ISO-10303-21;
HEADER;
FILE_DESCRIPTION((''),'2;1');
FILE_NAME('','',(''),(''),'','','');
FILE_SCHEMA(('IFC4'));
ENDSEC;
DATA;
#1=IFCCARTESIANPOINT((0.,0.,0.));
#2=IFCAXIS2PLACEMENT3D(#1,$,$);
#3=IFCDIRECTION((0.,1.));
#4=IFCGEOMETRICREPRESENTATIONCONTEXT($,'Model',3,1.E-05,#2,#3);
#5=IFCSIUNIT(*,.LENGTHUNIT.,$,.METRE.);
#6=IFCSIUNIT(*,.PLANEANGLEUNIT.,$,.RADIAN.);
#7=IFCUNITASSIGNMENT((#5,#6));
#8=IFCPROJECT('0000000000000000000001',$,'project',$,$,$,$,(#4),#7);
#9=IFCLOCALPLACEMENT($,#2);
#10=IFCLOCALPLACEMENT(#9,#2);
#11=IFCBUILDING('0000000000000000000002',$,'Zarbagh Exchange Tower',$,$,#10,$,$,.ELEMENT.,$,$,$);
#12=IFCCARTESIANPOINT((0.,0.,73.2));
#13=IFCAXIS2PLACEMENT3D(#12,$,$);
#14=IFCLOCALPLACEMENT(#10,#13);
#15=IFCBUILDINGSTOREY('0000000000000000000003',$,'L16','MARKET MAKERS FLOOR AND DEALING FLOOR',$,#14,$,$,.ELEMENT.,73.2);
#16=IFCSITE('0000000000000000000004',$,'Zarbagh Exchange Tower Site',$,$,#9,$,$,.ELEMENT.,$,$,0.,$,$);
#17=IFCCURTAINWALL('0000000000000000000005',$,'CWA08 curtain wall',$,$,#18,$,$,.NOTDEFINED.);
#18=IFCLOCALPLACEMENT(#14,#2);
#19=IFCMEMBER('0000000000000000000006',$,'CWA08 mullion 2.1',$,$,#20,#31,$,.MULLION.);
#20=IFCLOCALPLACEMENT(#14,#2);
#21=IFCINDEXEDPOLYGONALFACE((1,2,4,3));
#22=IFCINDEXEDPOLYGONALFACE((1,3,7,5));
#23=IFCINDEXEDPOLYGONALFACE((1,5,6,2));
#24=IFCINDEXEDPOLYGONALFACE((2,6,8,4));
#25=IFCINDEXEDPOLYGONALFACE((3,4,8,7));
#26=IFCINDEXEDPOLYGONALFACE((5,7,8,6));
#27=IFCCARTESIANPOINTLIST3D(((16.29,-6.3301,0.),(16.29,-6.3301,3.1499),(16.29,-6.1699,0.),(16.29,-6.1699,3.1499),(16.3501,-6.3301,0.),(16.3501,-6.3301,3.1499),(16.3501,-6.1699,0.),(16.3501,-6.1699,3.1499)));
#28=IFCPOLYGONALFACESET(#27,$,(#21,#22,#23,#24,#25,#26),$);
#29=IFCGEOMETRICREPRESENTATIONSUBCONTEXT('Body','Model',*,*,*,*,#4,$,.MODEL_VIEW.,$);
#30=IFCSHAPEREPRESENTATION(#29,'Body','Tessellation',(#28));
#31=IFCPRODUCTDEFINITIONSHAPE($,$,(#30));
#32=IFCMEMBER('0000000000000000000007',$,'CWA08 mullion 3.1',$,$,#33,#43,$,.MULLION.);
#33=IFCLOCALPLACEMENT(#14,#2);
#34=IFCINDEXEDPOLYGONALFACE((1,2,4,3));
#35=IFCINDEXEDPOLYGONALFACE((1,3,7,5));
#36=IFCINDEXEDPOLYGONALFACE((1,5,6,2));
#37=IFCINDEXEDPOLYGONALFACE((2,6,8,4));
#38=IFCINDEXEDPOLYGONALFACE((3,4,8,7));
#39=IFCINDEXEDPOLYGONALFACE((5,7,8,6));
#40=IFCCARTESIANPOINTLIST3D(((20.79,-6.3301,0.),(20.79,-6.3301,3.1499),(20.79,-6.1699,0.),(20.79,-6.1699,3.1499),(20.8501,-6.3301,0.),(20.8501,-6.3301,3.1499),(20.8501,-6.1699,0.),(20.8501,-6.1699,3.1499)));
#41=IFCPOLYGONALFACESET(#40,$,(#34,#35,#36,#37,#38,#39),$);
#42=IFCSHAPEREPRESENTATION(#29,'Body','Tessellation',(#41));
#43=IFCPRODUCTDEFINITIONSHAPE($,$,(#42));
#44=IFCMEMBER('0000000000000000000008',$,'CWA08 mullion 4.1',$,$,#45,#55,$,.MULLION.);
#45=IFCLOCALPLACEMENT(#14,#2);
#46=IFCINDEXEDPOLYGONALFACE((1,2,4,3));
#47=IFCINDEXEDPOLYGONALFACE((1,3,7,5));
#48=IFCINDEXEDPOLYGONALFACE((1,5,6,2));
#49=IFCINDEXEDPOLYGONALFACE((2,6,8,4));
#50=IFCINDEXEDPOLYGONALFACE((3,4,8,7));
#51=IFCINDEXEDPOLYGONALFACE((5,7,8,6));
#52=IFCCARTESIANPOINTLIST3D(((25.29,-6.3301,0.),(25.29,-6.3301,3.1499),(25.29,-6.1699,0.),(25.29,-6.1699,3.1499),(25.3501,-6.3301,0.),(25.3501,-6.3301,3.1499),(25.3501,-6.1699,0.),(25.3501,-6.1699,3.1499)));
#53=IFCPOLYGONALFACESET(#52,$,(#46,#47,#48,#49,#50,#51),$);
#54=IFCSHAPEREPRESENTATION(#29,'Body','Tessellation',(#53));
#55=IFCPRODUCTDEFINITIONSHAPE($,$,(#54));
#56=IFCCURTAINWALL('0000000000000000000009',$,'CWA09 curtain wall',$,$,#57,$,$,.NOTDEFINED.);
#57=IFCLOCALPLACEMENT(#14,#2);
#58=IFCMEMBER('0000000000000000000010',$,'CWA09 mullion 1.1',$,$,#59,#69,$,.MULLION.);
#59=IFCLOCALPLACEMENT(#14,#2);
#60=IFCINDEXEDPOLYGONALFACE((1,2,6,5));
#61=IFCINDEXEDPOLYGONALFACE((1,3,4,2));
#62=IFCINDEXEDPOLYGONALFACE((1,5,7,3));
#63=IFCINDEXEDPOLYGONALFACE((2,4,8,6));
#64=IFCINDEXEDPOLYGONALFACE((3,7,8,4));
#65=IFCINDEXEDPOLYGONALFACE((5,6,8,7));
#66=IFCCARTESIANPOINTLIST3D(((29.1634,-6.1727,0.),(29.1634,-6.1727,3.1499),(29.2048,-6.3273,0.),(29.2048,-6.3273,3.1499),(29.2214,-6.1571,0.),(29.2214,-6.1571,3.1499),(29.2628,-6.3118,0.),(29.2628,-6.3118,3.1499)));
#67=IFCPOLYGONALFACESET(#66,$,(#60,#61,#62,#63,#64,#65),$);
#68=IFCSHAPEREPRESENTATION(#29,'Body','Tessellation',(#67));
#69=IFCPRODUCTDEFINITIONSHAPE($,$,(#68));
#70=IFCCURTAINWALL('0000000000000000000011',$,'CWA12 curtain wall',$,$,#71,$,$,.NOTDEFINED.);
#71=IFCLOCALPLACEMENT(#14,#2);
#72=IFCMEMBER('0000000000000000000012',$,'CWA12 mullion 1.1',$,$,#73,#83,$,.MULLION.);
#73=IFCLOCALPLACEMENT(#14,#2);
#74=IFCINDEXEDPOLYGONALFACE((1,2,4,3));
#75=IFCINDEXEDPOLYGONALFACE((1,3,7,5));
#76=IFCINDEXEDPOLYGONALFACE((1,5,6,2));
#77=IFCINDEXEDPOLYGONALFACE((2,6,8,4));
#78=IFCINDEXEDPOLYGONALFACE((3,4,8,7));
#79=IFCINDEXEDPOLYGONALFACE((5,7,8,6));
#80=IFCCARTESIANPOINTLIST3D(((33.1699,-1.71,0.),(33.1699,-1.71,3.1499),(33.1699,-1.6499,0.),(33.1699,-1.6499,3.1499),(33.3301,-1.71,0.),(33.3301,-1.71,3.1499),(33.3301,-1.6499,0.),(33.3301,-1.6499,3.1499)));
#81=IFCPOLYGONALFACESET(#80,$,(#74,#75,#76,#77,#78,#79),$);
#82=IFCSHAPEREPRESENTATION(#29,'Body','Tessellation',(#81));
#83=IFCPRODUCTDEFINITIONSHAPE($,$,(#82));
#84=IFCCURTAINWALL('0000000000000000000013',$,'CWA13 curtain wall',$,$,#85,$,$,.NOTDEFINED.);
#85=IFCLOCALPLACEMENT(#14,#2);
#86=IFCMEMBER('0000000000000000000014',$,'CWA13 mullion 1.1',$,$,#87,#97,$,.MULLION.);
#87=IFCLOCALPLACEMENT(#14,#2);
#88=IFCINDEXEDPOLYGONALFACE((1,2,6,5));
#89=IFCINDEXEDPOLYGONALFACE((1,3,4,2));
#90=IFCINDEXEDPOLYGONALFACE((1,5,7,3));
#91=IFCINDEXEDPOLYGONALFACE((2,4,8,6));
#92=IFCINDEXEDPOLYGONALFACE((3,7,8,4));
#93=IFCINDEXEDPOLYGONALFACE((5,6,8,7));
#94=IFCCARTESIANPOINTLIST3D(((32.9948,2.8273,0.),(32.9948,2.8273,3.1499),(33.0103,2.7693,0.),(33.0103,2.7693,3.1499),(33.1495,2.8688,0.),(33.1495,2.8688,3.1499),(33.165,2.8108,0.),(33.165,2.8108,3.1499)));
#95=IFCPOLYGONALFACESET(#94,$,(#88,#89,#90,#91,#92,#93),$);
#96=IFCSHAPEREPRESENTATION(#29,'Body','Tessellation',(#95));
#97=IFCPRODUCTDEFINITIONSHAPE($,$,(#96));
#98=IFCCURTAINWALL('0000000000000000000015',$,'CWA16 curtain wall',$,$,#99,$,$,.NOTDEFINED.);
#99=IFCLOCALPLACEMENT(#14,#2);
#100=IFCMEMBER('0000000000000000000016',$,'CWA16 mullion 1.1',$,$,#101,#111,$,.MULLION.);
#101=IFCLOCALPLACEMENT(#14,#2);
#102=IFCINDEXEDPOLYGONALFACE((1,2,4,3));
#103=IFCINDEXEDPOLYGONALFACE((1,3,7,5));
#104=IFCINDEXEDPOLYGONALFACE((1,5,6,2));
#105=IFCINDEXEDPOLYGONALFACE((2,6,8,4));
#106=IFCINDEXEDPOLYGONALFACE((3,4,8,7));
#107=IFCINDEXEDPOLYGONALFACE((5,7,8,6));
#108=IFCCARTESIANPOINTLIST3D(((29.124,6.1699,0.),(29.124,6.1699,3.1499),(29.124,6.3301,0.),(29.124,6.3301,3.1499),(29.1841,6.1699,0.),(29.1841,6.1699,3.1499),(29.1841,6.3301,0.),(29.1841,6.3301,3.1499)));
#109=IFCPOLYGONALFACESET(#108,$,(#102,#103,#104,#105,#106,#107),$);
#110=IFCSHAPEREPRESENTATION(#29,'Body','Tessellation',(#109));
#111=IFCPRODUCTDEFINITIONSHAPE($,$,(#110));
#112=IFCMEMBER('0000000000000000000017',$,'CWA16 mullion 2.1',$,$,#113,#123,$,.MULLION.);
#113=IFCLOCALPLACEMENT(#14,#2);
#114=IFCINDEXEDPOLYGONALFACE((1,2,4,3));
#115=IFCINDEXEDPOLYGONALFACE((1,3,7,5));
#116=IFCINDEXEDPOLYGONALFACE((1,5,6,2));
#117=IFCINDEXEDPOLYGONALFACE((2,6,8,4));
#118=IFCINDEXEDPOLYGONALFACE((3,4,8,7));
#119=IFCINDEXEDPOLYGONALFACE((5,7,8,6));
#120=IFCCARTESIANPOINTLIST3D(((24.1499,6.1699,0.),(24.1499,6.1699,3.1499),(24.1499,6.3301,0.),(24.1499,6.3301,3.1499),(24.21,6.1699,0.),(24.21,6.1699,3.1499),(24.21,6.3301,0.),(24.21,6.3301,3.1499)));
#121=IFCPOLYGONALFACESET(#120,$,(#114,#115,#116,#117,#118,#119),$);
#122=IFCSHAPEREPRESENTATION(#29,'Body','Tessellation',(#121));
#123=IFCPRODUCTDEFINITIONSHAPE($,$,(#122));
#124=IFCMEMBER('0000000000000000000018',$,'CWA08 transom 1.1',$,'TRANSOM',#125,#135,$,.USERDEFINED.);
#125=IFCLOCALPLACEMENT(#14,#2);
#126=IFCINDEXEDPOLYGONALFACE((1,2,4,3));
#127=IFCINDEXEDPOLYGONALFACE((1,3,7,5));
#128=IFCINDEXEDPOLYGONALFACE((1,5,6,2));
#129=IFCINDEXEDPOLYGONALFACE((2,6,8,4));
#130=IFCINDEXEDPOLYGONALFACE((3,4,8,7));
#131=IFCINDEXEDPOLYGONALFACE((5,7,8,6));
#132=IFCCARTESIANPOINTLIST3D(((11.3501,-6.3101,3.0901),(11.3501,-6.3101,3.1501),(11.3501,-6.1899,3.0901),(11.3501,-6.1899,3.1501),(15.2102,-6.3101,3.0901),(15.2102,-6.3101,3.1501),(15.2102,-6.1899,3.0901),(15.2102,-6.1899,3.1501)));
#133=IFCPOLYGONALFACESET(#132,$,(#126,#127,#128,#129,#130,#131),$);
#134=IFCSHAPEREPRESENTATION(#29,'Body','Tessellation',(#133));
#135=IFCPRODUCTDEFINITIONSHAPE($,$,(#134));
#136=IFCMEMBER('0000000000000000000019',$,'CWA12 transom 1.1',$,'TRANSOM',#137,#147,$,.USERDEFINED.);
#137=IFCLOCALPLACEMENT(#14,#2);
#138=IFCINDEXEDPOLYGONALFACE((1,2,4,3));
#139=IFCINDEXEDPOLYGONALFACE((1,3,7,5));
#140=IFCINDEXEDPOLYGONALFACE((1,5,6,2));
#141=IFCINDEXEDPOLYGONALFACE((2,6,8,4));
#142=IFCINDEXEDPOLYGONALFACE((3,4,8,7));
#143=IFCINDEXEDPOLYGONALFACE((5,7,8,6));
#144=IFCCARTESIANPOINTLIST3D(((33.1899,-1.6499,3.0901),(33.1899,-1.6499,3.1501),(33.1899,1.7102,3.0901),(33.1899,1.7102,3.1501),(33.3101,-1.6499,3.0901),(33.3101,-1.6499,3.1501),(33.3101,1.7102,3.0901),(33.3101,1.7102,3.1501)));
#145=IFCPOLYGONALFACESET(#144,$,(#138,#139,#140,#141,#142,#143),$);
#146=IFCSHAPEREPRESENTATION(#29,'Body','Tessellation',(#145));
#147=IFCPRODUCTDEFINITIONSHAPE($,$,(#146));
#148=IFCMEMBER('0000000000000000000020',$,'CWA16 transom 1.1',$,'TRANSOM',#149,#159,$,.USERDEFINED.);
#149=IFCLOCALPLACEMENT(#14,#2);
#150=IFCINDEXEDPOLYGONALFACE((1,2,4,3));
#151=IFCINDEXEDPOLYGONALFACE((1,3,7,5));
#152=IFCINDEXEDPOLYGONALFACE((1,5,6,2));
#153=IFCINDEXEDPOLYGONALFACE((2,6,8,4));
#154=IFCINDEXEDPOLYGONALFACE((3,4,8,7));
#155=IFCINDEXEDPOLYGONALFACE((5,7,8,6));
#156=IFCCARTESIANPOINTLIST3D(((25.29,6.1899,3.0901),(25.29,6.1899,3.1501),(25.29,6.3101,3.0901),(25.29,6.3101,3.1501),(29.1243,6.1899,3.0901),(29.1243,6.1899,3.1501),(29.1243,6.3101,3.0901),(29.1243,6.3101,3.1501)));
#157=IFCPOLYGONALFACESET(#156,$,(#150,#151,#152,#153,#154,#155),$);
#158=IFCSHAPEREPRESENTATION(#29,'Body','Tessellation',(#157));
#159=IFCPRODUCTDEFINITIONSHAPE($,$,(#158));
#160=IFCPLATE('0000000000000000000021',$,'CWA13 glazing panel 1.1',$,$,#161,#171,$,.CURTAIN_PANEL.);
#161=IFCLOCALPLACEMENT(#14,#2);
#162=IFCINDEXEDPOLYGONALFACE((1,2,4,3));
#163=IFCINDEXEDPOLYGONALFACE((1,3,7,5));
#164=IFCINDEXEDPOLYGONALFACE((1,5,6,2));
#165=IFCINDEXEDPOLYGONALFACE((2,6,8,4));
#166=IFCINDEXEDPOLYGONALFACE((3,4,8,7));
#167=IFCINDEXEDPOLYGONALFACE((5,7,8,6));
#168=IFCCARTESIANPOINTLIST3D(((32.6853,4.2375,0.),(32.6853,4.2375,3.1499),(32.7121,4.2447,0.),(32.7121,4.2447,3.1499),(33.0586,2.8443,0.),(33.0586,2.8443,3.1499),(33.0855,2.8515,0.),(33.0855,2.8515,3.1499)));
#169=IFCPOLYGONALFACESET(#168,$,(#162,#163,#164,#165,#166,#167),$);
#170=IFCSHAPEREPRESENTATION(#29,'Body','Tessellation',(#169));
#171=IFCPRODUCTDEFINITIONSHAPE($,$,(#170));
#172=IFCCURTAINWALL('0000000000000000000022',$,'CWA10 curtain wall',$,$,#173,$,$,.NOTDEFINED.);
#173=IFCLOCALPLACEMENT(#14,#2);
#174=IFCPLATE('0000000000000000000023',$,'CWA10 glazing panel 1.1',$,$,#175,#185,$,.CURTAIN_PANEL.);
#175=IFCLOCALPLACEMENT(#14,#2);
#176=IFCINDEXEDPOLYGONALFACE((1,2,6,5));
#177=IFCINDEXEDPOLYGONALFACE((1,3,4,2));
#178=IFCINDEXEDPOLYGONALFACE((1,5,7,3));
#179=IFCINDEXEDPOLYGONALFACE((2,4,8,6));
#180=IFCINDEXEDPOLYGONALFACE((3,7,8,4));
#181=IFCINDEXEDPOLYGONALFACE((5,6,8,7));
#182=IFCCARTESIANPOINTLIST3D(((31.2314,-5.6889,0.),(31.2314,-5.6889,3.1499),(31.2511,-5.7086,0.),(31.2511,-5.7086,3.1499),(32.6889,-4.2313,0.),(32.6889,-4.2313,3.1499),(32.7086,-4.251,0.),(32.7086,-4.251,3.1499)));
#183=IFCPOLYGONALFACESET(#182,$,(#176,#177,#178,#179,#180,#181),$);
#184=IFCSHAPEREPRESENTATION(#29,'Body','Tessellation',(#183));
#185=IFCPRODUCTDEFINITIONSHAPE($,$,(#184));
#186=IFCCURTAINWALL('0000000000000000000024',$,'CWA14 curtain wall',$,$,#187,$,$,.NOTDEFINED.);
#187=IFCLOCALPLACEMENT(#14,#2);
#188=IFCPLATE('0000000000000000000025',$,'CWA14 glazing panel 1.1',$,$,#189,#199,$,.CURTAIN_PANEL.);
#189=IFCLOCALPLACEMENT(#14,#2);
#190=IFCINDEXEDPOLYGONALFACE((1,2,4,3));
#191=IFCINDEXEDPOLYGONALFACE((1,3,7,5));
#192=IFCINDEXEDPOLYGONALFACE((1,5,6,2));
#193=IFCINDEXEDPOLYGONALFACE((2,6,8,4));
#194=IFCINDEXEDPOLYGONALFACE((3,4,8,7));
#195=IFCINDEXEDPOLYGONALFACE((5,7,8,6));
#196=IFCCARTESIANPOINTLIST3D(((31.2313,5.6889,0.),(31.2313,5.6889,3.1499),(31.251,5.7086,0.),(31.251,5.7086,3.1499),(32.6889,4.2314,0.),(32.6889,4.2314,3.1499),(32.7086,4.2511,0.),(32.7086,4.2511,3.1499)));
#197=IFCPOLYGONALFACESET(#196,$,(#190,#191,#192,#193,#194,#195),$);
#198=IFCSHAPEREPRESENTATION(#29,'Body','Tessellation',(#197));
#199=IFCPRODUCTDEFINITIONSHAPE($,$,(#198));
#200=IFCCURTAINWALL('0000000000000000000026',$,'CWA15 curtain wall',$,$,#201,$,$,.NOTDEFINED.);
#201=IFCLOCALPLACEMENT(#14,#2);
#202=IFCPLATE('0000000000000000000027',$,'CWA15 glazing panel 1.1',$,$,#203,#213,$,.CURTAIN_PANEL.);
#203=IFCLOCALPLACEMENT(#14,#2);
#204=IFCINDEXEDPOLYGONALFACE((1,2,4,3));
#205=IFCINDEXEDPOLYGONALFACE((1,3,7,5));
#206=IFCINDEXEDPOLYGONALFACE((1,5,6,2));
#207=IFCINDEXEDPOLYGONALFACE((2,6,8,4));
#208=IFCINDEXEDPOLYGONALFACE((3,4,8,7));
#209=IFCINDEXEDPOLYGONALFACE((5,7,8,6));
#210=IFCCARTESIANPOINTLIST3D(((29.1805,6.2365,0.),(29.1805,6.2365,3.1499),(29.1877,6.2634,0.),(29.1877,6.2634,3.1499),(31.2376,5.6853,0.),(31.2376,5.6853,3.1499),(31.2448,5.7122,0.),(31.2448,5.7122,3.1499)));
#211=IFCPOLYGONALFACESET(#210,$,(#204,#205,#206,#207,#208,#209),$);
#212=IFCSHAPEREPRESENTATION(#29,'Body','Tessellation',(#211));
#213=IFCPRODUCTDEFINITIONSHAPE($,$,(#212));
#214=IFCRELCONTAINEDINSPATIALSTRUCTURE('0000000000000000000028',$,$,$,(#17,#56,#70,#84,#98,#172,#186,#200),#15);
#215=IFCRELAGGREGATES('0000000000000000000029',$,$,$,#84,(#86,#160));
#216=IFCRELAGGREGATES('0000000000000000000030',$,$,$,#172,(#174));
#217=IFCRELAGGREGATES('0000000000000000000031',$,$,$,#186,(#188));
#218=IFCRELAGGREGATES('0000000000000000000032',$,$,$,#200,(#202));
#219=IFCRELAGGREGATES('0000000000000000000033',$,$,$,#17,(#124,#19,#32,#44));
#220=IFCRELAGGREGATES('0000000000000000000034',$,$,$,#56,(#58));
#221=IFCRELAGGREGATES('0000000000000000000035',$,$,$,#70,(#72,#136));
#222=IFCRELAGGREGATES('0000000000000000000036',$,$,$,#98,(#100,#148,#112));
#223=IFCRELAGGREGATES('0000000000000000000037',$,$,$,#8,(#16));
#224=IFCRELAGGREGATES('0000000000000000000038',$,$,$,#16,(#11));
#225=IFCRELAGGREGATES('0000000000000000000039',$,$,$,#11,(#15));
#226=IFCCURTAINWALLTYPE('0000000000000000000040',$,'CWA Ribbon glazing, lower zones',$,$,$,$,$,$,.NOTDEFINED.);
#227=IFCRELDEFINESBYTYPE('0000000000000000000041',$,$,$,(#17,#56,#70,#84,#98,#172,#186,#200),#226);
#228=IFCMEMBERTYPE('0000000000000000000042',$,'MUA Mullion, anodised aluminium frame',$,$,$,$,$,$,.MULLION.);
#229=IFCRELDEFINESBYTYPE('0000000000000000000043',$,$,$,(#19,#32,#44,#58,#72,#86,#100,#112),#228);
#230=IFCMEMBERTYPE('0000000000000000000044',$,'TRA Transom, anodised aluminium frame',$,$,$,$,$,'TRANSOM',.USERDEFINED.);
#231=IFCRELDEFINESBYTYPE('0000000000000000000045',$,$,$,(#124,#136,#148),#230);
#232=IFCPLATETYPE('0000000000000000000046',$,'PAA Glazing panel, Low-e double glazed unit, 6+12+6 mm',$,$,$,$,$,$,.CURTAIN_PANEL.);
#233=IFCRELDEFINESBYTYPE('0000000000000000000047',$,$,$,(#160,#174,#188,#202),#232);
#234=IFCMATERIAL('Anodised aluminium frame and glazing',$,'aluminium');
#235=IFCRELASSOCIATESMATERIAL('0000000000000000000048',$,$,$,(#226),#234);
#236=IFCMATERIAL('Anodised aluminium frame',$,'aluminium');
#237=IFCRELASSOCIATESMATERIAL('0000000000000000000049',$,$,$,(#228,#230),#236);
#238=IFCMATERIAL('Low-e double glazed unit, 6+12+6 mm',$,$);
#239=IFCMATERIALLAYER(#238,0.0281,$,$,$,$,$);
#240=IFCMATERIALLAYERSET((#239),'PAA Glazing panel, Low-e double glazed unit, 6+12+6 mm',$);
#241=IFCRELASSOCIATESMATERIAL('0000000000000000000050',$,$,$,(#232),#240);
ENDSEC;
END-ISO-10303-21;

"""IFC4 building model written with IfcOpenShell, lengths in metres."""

from ifc_helpers import new_model, si_unit, direction, frame, origin, place, context, subcontext, project, spatial, polyline, outline, extrude, source, transform, mapped, material, layer, layer_set, type_object, element, aggregate, save


model = new_model("IFC4")

# Units and contexts
model_context = context("Model", 3, precision=1e-05, world=origin(), true_north=direction((0.0, 1.0)))
body_context = subcontext(model_context, "Body", "Model", "MODEL_VIEW")
ifc_project = project(units=[si_unit("LENGTHUNIT", "METRE"), si_unit("PLANEANGLEUNIT", "RADIAN")], contexts=[model_context])

# Site, building, storey
site_placement = place(None, origin())
site = spatial("IfcSite", under=ifc_project, at=site_placement, Name="Zarbagh Exchange Tower Site", CompositionType="ELEMENT", RefElevation=0.0)
building_placement = place(site_placement, origin())
building = spatial("IfcBuilding", under=site, at=building_placement, Name="Zarbagh Exchange Tower", CompositionType="ELEMENT")
storey_placement = place(building_placement, frame((0.0, 0.0, 73.2)))
storey = spatial("IfcBuildingStorey", under=building, at=storey_placement, Name="L16", Description="MARKET MAKERS FLOOR AND DEALING FLOOR", CompositionType="ELEMENT", Elevation=73.2)

# Curtain wall, members
ifc_material_1 = material(Name="Anodised aluminium frame and glazing", Category="aluminium")
curtain_wall_type = type_object("IfcCurtainWallType", Name="CWA Ribbon glazing, lower zones", PredefinedType="NOTDEFINED", material=ifc_material_1)
curtain_wall_1_placement = place(storey_placement, origin())
curtain_wall_1 = element("IfcCurtainWall", 1, at=curtain_wall_1_placement, inside=storey, type_object=curtain_wall_type, Name="CWA08 curtain wall", PredefinedType="NOTDEFINED")
ifc_material_2 = material(Name="Anodised aluminium frame", Category="aluminium")
member_type_1 = type_object("IfcMemberType", Name="MUA Mullion, anodised aluminium frame", PredefinedType="MULLION", material=ifc_material_2)
shared_shape_1 = source(origin(), body_context, "Body", "SweptSolid", [
    extrude(outline(polyline([(0.0, -0.0801), (0.0601, -0.0801), (0.0601, 0.0801), (0.0, 0.0801), (0.0, -0.0801)])), origin(), (0.0, 0.0, 1.0), 3.1499),
])
placement = place(storey_placement, origin())
member_1 = element("IfcMember", 2, at=placement, type_object=member_type_1, Name="CWA08 mullion 2.1", PredefinedType="MULLION", context=body_context, shape_type="MappedRepresentation", body=[
    mapped(shared_shape_1, transform((16.29, -6.25, 0.0), x_axis=(1.0, 0.0, 0.0), y_axis=(0.0, 1.0, 0.0), z_axis=(0.0, 0.0, 1.0))),
])
member_2 = element("IfcMember", 3, at=placement, type_object=member_type_1, Name="CWA08 mullion 3.1", PredefinedType="MULLION", context=body_context, shape_type="MappedRepresentation", body=[
    mapped(shared_shape_1, transform((20.79, -6.25, 0.0), x_axis=(1.0, 0.0, 0.0), y_axis=(0.0, 1.0, 0.0), z_axis=(0.0, 0.0, 1.0))),
])
member_3 = element("IfcMember", 4, at=placement, type_object=member_type_1, Name="CWA08 mullion 4.1", PredefinedType="MULLION", context=body_context, shape_type="MappedRepresentation", body=[
    mapped(shared_shape_1, transform((25.29, -6.25, 0.0), x_axis=(1.0, 0.0, 0.0), y_axis=(0.0, 1.0, 0.0), z_axis=(0.0, 0.0, 1.0))),
])

# Curtain walls, members
curtain_wall_2_placement = place(storey_placement, origin())
curtain_wall_2 = element("IfcCurtainWall", 5, at=curtain_wall_2_placement, inside=storey, type_object=curtain_wall_type, Name="CWA09 curtain wall", PredefinedType="NOTDEFINED")
member_4 = element("IfcMember", 6, at=placement, type_object=member_type_1, Name="CWA09 mullion 1.1", PredefinedType="MULLION", context=body_context, shape_type="MappedRepresentation", body=[
    mapped(shared_shape_1, transform((29.1841, -6.25, 0.0), x_axis=(0.965924, 0.258825, 0.0), y_axis=(-0.258825, 0.965924, 0.0), z_axis=(0.0, 0.0, 1.0))),
])
curtain_wall_3_placement = place(storey_placement, origin())
curtain_wall_3 = element("IfcCurtainWall", 7, at=curtain_wall_3_placement, inside=storey, type_object=curtain_wall_type, Name="CWA12 curtain wall", PredefinedType="NOTDEFINED")
member_5 = element("IfcMember", 8, at=placement, type_object=member_type_1, Name="CWA12 mullion 1.1", PredefinedType="MULLION", context=body_context, shape_type="MappedRepresentation", body=[
    mapped(shared_shape_1, transform((33.25, -1.71, 0.0), x_axis=(0.0, 1.0, 0.0), y_axis=(-1.0, 0.0, 0.0), z_axis=(0.0, 0.0, 1.0))),
])
curtain_wall_4_placement = place(storey_placement, origin())
curtain_wall_4 = element("IfcCurtainWall", 9, at=curtain_wall_4_placement, inside=storey, type_object=curtain_wall_type, Name="CWA13 curtain wall", PredefinedType="NOTDEFINED")
member_6 = element("IfcMember", 10, at=placement, type_object=member_type_1, Name="CWA13 mullion 1.1", PredefinedType="MULLION", context=body_context, shape_type="MappedRepresentation", body=[
    mapped(shared_shape_1, transform((33.0876, 2.79, 0.0), x_axis=(-0.258825, 0.965924, 0.0), y_axis=(-0.965924, -0.258825, 0.0), z_axis=(0.0, 0.0, 1.0))),
])

# Curtain wall, members
curtain_wall_5_placement = place(storey_placement, origin())
curtain_wall_5 = element("IfcCurtainWall", 11, at=curtain_wall_5_placement, inside=storey, type_object=curtain_wall_type, Name="CWA16 curtain wall", PredefinedType="NOTDEFINED")
member_7 = element("IfcMember", 12, at=placement, type_object=member_type_1, Name="CWA16 mullion 1.1", PredefinedType="MULLION", context=body_context, shape_type="MappedRepresentation", body=[
    mapped(shared_shape_1, transform((29.1841, 6.25, 0.0), x_axis=(-1.0, 0.0, 0.0), y_axis=(0.0, -1.0, 0.0), z_axis=(0.0, 0.0, 1.0))),
])
member_8 = element("IfcMember", 13, at=placement, type_object=member_type_1, Name="CWA16 mullion 2.1", PredefinedType="MULLION", context=body_context, shape_type="MappedRepresentation", body=[
    mapped(shared_shape_1, transform((24.21, 6.25, 0.0), x_axis=(-1.0, 0.0, 0.0), y_axis=(0.0, -1.0, 0.0), z_axis=(0.0, 0.0, 1.0))),
])

# Members
member_type_2 = type_object("IfcMemberType", Name="TRA Transom, anodised aluminium frame", ElementType="TRANSOM", PredefinedType="USERDEFINED", material=ifc_material_2)
shared_shape_2 = source(origin(), body_context, "Body", "SweptSolid", [
    extrude(outline(polyline([(-0.0601, -0.0601), (0.0, -0.0601), (0.0, 0.0601), (-0.0601, 0.0601), (-0.0601, -0.0601)])), origin(), (0.0, 0.0, 1.0), 3.8601),
])
member_9 = element("IfcMember", 14, at=placement, type_object=member_type_2, Name="CWA08 transom 1.1", ObjectType="TRANSOM", PredefinedType="USERDEFINED", context=body_context, shape_type="MappedRepresentation", body=[
    mapped(shared_shape_2, transform((11.3501, -6.25, 3.1501), x_axis=(0.0, 0.0, 1.0), y_axis=(0.0, -1.0, 0.0), z_axis=(1.0, 0.0, 0.0))),
])
shared_shape_3 = source(origin(), body_context, "Body", "SweptSolid", [
    extrude(outline(polyline([(-0.0601, -0.0601), (0.0, -0.0601), (0.0, 0.0601), (-0.0601, 0.0601), (-0.0601, -0.0601)])), origin(), (0.0, 0.0, 1.0), 3.3601),
])
member_10 = element("IfcMember", 15, at=placement, type_object=member_type_2, Name="CWA12 transom 1.1", ObjectType="TRANSOM", PredefinedType="USERDEFINED", context=body_context, shape_type="MappedRepresentation", body=[
    mapped(shared_shape_3, transform((33.25, -1.6499, 3.1501), x_axis=(0.0, 0.0, 1.0), y_axis=(1.0, 0.0, 0.0), z_axis=(0.0, 1.0, 0.0))),
])
shared_shape_4 = source(origin(), body_context, "Body", "SweptSolid", [
    extrude(outline(polyline([(-0.0601, -0.0601), (0.0, -0.0601), (0.0, 0.0601), (-0.0601, 0.0601), (-0.0601, -0.0601)])), origin(), (0.0, 0.0, 1.0), 3.8342),
])
member_11 = element("IfcMember", 16, at=placement, type_object=member_type_2, Name="CWA16 transom 1.1", ObjectType="TRANSOM", PredefinedType="USERDEFINED", context=body_context, shape_type="MappedRepresentation", body=[
    mapped(shared_shape_4, transform((29.1243, 6.25, 3.1501), x_axis=(0.0, 0.0, 1.0), y_axis=(0.0, 1.0, 0.0), z_axis=(-1.0, 0.0, 0.0))),
])

# Plate
ifc_material_3 = material(Name="Low-e double glazed unit, 6+12+6 mm")
ifc_layer = layer(ifc_material_3, 0.0281)
ifc_layer_set = layer_set([ifc_layer], Name="PAA Glazing panel, Low-e double glazed unit, 6+12+6 mm")
plate_type = type_object("IfcPlateType", Name="PAA Glazing panel, Low-e double glazed unit, 6+12+6 mm", PredefinedType="CURTAIN_PANEL", material=ifc_layer_set)
shared_shape_5 = source(origin(), body_context, "Body", "SweptSolid", [
    extrude(outline(polyline([(0.0, -0.0139), (1.4424, -0.0139), (1.4424, 0.0139), (0.0, 0.0139), (0.0, -0.0139)])), origin(), (0.0, 0.0, 1.0), 3.1499),
])
plate_1 = element("IfcPlate", 17, at=placement, type_object=plate_type, Name="CWA13 glazing panel 1.1", PredefinedType="CURTAIN_PANEL", context=body_context, shape_type="MappedRepresentation", body=[
    mapped(shared_shape_5, transform((33.072, 2.8479, 0.0), x_axis=(-0.258825, 0.965924, 0.0), y_axis=(-0.965924, -0.258825, 0.0), z_axis=(0.0, 0.0, 1.0))),
])
aggregate(curtain_wall_4, [member_6, plate_1])

# Curtain walls, plates
curtain_wall_6_placement = place(storey_placement, origin())
curtain_wall_6 = element("IfcCurtainWall", 18, at=curtain_wall_6_placement, inside=storey, type_object=curtain_wall_type, Name="CWA10 curtain wall", PredefinedType="NOTDEFINED")
shared_shape_6 = source(origin(), body_context, "Body", "SweptSolid", [
    extrude(outline(polyline([(0.0, -0.0139), (2.0613, -0.0139), (2.0613, 0.0139), (0.0, 0.0139), (0.0, -0.0139)])), origin(), (0.0, 0.0, 1.0), 3.1499),
])
plate_2 = element("IfcPlate", 19, at=placement, type_object=plate_type, Name="CWA10 glazing panel 1.1", PredefinedType="CURTAIN_PANEL", context=body_context, shape_type="MappedRepresentation", body=[
    mapped(shared_shape_6, transform((31.2412, -5.6987, 0.0), x_axis=(0.707107, 0.707107, 0.0), y_axis=(-0.707107, 0.707107, 0.0), z_axis=(0.0, 0.0, 1.0))),
])
aggregate(curtain_wall_6, [plate_2])
curtain_wall_7_placement = place(storey_placement, origin())
curtain_wall_7 = element("IfcCurtainWall", 20, at=curtain_wall_7_placement, inside=storey, type_object=curtain_wall_type, Name="CWA14 curtain wall", PredefinedType="NOTDEFINED")
plate_3 = element("IfcPlate", 21, at=placement, type_object=plate_type, Name="CWA14 glazing panel 1.1", PredefinedType="CURTAIN_PANEL", context=body_context, shape_type="MappedRepresentation", body=[
    mapped(shared_shape_6, transform((32.6987, 4.2412, 0.0), x_axis=(-0.707107, 0.707107, 0.0), y_axis=(-0.707107, -0.707107, 0.0), z_axis=(0.0, 0.0, 1.0))),
])
aggregate(curtain_wall_7, [plate_3])
curtain_wall_8_placement = place(storey_placement, origin())
curtain_wall_8 = element("IfcCurtainWall", 22, at=curtain_wall_8_placement, inside=storey, type_object=curtain_wall_type, Name="CWA15 curtain wall", PredefinedType="NOTDEFINED")
shared_shape_7 = source(origin(), body_context, "Body", "SweptSolid", [
    extrude(outline(polyline([(0.0, -0.0139), (2.1296, -0.0139), (2.1296, 0.0139), (0.0, 0.0139), (0.0, -0.0139)])), origin(), (0.0, 0.0, 1.0), 3.1499),
])
plate_4 = element("IfcPlate", 23, at=placement, type_object=plate_type, Name="CWA15 glazing panel 1.1", PredefinedType="CURTAIN_PANEL", context=body_context, shape_type="MappedRepresentation", body=[
    mapped(shared_shape_7, transform((31.2412, 5.6987, 0.0), x_axis=(-0.965924, 0.258825, 0.0), y_axis=(-0.258825, -0.965924, 0.0), z_axis=(0.0, 0.0, 1.0))),
])
aggregate(curtain_wall_8, [plate_4])

aggregate(curtain_wall_1, [member_9, member_1, member_2, member_3])
aggregate(curtain_wall_2, [member_4])

aggregate(curtain_wall_3, [member_5, member_10])
aggregate(curtain_wall_5, [member_7, member_11, member_8])

save(model, "model.ifc")
